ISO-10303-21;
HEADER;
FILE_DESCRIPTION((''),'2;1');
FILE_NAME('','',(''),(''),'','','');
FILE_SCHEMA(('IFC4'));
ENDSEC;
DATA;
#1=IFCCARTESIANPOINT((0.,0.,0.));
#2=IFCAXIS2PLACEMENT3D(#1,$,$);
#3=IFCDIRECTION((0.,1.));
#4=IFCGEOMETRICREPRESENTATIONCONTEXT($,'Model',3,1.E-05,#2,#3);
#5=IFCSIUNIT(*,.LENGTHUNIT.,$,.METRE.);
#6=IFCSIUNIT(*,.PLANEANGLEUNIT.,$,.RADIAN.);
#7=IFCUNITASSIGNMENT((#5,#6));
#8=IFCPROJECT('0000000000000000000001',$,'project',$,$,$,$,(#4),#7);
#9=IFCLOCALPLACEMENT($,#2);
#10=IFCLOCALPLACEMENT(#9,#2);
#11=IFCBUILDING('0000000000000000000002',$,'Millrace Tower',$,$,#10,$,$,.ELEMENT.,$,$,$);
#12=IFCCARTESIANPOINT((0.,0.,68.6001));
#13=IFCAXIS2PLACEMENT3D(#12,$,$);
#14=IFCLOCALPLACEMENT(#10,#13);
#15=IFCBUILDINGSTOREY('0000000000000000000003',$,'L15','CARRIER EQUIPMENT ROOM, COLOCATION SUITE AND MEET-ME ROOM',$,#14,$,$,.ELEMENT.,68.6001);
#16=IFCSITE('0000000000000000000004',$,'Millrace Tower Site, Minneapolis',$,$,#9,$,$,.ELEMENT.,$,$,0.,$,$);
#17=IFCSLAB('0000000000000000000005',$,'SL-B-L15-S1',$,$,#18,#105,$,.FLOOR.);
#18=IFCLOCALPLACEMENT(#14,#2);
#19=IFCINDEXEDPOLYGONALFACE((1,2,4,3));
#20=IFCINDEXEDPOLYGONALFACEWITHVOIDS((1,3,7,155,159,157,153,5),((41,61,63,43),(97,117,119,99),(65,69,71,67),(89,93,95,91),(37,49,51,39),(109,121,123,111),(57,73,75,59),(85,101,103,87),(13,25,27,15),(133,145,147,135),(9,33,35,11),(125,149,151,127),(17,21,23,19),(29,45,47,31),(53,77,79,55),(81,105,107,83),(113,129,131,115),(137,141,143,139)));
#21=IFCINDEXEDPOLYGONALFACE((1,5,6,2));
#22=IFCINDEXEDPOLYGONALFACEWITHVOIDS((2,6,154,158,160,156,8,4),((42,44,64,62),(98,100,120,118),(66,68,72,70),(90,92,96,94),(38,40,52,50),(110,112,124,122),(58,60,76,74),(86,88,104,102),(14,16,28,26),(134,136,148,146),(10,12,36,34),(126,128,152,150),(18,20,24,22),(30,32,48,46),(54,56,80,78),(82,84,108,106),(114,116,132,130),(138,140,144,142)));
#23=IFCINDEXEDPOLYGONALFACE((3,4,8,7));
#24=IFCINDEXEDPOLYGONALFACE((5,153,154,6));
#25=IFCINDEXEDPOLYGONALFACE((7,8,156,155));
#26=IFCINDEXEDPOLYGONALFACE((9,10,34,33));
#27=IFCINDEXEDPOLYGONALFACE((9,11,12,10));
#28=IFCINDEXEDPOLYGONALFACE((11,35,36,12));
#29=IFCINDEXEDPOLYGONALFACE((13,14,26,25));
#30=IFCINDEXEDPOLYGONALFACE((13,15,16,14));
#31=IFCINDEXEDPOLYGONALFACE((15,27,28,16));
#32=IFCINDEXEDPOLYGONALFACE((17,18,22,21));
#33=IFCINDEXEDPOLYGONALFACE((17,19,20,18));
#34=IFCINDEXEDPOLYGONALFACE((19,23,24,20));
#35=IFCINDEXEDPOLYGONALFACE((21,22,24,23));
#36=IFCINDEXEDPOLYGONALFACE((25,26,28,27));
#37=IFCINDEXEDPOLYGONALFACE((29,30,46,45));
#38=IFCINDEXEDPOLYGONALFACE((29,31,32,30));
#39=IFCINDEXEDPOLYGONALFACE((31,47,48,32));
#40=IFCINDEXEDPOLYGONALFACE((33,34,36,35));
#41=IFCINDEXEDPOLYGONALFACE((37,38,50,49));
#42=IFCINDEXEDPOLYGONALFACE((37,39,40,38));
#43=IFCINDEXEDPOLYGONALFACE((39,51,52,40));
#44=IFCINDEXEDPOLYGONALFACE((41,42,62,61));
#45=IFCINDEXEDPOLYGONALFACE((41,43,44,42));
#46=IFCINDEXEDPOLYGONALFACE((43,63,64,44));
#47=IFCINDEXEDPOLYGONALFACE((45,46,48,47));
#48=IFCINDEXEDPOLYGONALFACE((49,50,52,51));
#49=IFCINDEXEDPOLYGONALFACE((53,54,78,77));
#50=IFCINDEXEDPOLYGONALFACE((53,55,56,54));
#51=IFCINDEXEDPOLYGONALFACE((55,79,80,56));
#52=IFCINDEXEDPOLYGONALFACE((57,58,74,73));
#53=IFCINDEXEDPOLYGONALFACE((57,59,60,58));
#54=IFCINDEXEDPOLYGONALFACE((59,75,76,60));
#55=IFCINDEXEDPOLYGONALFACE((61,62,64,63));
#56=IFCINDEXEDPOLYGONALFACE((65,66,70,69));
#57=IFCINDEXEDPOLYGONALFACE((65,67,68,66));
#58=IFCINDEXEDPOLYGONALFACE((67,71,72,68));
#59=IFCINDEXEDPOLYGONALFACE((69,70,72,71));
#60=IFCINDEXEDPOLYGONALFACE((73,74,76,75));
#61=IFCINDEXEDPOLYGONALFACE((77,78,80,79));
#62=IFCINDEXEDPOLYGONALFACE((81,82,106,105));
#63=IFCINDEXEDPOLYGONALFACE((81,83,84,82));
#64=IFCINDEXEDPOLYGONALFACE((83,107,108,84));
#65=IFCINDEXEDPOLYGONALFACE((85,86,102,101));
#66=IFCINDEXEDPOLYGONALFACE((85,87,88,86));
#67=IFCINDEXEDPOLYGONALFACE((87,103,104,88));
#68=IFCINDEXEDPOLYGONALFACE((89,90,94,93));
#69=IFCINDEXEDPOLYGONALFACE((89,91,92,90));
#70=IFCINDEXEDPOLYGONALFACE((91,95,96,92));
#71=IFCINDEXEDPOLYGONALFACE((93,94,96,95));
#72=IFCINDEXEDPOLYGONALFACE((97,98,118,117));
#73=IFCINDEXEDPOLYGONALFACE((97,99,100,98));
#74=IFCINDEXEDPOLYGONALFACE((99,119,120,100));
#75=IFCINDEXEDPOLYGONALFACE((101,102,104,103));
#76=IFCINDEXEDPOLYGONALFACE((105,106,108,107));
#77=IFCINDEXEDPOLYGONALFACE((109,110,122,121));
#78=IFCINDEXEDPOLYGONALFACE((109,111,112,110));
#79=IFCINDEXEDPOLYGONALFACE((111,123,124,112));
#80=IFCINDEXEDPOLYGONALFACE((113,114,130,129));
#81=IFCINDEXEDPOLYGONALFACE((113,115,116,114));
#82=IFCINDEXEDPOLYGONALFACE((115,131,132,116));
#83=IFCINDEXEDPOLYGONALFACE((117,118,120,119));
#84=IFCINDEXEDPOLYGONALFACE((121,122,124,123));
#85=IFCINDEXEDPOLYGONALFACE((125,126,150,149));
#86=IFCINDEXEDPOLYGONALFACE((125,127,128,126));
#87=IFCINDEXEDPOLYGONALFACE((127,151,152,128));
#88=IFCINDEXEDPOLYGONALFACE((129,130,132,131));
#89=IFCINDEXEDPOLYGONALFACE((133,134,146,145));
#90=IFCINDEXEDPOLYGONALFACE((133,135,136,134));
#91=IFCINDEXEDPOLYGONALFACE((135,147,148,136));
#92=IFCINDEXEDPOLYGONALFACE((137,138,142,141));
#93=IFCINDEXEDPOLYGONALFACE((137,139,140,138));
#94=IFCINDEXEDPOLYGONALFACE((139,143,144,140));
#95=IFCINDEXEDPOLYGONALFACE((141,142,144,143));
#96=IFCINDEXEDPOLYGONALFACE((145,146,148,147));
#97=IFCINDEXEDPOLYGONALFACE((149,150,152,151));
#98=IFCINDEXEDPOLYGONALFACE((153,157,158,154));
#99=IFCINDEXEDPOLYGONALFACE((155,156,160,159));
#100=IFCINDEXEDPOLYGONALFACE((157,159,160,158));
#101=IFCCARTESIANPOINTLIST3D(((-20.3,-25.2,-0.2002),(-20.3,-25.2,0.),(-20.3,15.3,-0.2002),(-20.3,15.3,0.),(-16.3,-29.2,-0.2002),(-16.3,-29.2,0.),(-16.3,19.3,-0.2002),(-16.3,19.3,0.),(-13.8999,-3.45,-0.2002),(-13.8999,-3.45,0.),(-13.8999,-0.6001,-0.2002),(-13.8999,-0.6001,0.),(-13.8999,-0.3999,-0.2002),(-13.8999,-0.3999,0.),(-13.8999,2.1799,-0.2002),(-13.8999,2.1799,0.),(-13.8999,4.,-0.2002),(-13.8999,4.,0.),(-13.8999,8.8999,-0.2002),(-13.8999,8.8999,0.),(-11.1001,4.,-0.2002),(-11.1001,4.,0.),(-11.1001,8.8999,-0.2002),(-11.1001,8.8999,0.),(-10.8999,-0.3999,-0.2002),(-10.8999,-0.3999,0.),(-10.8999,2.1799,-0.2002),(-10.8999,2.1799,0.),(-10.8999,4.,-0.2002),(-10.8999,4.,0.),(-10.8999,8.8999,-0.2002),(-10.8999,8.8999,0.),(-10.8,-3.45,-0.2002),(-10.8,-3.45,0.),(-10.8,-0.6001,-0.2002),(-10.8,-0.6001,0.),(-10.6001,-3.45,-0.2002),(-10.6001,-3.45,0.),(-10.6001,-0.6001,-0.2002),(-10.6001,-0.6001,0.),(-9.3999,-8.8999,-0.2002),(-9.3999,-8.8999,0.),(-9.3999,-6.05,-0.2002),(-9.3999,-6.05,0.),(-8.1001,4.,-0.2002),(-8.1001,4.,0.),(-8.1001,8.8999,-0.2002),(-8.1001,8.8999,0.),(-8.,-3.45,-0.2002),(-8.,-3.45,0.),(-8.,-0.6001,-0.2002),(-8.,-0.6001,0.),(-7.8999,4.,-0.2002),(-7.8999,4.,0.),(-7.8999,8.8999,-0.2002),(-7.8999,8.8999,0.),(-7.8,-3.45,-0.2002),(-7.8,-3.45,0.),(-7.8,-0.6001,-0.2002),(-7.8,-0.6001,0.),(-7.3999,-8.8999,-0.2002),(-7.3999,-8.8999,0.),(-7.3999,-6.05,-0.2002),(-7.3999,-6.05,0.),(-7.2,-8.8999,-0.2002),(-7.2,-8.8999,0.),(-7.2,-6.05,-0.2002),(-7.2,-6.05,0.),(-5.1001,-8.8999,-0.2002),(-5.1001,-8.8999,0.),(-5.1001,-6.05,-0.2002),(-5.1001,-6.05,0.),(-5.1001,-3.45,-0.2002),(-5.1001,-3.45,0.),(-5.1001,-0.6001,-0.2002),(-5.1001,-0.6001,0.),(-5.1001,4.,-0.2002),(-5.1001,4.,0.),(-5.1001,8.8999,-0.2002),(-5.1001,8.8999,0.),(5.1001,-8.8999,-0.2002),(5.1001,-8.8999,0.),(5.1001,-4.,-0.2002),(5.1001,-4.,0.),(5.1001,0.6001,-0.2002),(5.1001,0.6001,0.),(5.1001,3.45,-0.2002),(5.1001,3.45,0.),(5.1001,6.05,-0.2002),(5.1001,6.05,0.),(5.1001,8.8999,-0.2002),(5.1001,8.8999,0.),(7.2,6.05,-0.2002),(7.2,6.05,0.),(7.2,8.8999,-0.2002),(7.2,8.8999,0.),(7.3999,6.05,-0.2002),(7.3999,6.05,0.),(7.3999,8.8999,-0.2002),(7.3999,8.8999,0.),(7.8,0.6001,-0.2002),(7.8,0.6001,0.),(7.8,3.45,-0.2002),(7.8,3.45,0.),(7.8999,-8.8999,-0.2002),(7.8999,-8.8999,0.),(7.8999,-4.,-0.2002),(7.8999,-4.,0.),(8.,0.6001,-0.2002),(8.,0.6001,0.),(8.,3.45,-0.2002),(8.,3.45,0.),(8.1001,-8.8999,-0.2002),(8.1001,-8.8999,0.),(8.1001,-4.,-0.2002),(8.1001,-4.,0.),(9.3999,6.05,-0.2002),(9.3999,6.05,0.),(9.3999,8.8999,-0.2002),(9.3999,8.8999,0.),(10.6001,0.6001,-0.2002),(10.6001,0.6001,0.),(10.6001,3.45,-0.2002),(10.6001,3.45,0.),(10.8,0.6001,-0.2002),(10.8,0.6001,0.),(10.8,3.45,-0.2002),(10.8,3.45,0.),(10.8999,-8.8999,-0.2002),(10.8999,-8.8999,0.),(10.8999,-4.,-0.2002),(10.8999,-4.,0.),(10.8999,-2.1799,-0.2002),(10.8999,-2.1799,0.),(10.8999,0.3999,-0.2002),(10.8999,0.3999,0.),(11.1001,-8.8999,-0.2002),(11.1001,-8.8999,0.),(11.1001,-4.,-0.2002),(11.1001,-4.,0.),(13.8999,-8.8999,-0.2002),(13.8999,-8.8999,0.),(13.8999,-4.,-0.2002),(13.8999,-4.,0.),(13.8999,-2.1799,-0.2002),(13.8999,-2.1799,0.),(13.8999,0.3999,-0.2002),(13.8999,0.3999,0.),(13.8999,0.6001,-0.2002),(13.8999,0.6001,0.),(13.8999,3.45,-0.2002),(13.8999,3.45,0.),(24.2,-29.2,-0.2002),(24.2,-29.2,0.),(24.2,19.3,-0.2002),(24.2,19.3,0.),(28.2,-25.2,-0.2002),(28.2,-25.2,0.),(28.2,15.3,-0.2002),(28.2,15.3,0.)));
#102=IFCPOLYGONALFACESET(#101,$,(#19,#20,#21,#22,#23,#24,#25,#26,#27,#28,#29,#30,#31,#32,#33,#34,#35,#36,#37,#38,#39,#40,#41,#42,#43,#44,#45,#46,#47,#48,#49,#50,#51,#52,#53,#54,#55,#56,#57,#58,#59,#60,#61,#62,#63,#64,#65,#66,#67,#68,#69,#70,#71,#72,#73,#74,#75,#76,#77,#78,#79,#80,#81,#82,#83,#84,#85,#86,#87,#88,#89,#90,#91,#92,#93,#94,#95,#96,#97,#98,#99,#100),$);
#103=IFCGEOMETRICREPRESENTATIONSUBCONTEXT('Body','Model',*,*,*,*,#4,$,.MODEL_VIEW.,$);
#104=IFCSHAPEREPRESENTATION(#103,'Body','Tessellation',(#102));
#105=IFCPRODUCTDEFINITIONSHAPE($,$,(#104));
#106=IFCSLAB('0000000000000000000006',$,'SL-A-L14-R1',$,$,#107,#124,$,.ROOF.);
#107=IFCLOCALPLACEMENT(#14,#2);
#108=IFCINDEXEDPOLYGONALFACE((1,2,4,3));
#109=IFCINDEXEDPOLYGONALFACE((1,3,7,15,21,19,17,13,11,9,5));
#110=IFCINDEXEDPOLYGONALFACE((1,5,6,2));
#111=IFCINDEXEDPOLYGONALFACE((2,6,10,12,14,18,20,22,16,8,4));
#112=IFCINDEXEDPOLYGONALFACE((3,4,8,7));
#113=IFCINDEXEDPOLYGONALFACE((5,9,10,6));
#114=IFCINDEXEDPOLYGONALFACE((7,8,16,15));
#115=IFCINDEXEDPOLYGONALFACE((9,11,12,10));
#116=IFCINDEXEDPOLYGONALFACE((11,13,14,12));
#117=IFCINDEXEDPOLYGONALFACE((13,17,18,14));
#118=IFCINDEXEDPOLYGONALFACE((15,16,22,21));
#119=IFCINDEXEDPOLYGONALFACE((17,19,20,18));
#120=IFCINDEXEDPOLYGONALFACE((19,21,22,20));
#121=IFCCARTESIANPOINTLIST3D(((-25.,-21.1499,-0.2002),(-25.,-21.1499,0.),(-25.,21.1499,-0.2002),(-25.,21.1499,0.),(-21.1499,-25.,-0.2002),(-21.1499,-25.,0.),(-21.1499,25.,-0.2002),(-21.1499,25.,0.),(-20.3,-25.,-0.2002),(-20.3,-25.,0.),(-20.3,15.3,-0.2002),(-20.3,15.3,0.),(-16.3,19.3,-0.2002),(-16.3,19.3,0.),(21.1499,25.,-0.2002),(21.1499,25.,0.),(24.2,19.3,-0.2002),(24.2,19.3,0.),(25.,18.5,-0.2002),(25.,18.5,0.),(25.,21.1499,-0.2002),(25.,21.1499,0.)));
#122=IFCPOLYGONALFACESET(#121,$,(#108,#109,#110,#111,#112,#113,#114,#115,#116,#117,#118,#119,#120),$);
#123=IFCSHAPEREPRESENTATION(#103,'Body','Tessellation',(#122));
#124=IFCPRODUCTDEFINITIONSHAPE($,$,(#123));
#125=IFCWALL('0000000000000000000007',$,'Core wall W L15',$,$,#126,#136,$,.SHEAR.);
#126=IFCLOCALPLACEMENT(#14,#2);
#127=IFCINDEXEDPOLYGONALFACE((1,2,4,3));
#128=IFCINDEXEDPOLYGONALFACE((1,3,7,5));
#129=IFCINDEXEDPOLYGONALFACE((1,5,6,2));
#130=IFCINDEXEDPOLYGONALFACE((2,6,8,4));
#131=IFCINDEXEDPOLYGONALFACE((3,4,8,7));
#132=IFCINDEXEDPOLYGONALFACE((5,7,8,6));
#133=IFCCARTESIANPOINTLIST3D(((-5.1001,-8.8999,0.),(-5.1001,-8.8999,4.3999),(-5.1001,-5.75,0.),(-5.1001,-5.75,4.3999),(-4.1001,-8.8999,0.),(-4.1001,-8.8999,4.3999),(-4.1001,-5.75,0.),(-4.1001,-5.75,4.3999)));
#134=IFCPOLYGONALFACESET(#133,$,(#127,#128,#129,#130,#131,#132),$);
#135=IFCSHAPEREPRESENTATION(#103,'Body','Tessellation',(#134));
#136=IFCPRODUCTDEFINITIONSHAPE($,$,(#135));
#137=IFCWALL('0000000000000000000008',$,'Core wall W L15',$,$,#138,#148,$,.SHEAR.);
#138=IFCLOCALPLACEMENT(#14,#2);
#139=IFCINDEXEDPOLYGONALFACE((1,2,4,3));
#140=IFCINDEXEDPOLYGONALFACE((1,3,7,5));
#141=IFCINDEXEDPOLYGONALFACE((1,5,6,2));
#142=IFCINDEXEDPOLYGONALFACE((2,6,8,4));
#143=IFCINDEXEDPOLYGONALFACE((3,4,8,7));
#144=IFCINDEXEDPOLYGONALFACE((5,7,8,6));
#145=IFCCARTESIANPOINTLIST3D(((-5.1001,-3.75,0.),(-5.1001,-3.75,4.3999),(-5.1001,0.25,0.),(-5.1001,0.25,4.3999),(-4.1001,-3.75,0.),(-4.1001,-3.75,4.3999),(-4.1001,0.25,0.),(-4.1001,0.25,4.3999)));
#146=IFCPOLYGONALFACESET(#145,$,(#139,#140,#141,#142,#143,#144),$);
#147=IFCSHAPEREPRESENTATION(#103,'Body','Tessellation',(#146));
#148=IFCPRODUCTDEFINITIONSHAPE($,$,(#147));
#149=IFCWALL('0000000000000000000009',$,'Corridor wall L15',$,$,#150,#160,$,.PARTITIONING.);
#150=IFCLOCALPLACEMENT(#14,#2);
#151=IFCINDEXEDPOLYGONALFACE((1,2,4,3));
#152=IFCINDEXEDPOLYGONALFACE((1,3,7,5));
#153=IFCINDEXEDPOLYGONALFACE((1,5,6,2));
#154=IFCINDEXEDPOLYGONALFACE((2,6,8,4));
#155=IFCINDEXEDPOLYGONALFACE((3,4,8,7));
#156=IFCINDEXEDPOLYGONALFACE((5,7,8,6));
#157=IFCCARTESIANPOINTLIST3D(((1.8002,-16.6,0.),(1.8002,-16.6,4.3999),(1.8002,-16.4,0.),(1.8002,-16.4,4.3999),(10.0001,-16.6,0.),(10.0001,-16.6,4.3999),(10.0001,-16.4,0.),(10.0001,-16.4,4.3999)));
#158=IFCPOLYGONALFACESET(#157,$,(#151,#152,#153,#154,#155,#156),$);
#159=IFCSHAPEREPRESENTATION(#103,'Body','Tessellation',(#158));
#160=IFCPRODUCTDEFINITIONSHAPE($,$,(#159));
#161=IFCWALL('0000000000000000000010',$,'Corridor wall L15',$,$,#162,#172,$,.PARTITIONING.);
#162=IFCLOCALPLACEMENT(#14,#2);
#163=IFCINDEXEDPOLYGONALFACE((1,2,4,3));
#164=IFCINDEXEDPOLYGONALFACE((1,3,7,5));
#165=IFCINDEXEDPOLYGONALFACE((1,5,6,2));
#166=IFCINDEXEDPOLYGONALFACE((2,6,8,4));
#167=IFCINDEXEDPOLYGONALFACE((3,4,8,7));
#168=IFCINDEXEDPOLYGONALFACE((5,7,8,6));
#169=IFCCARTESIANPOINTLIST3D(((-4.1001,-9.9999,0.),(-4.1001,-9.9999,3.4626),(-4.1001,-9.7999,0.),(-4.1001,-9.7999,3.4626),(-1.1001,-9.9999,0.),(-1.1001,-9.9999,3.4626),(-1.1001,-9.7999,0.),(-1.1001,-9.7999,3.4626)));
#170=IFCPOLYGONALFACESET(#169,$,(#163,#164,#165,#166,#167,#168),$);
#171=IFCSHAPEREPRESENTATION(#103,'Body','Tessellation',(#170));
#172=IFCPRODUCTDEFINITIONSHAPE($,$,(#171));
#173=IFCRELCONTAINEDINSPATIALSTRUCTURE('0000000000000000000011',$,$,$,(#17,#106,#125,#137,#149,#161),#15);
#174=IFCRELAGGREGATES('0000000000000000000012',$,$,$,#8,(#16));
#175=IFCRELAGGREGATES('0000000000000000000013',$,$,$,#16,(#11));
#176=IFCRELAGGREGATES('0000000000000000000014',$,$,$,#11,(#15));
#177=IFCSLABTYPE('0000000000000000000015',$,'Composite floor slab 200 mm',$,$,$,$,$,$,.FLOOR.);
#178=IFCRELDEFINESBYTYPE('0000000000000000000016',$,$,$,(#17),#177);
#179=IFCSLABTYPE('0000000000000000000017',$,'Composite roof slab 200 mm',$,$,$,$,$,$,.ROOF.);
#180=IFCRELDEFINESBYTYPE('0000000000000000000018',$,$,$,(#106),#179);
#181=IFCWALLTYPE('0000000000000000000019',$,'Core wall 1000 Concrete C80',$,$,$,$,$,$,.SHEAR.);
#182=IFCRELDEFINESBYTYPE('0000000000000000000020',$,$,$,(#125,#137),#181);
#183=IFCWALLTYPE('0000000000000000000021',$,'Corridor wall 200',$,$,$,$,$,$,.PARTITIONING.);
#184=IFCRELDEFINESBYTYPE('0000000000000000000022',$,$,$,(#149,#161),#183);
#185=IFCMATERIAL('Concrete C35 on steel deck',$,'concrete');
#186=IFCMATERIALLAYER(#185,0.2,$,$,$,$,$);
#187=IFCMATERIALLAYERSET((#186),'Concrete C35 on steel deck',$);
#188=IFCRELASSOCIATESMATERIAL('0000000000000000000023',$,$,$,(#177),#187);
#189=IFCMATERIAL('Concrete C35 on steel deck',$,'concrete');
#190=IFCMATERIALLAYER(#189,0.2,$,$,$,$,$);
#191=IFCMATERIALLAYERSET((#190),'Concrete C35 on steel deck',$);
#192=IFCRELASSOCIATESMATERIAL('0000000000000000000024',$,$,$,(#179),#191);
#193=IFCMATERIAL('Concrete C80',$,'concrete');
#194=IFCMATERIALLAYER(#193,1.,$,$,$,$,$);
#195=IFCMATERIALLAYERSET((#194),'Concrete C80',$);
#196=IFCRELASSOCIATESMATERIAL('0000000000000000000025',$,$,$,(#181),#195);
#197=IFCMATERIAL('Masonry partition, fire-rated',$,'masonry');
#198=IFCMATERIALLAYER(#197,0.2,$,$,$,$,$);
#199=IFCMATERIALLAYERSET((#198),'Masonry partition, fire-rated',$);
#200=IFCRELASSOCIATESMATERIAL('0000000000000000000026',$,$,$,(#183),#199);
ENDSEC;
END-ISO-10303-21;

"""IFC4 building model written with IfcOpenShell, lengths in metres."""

from ifc_helpers import new_model, si_unit, direction, frame, frame_2d, origin, place, context, subcontext, project, spatial, polyline, rectangle, outline, extrude, material, layer, layer_set, type_object, element, save


model = new_model("IFC4")

# Units and contexts
model_context = context("Model", 3, precision=1e-05, world=origin(), true_north=direction((0.0, 1.0)))
body_context = subcontext(model_context, "Body", "Model", "MODEL_VIEW")
ifc_project = project(units=[si_unit("LENGTHUNIT", "METRE"), si_unit("PLANEANGLEUNIT", "RADIAN")], contexts=[model_context])

# Site, building, storey
site_placement = place(None, origin())
site = spatial("IfcSite", under=ifc_project, at=site_placement, Name="Millrace Tower Site, Minneapolis", CompositionType="ELEMENT", RefElevation=0.0)
building_placement = place(site_placement, origin())
building = spatial("IfcBuilding", under=site, at=building_placement, Name="Millrace Tower", CompositionType="ELEMENT")
storey_placement = place(building_placement, frame((0.0, 0.0, 68.6001)))
storey = spatial("IfcBuildingStorey", under=building, at=storey_placement, Name="L15", Description="CARRIER EQUIPMENT ROOM, COLOCATION SUITE AND MEET-ME ROOM", CompositionType="ELEMENT", Elevation=68.6001)

# Slabs
ifc_material_1 = material(Name="Concrete C35 on steel deck", Category="concrete")
ifc_layer_1 = layer(ifc_material_1, 0.2)
ifc_layer_set_1 = layer_set([ifc_layer_1], Name="Concrete C35 on steel deck")
slab_type_1 = type_object("IfcSlabType", Name="Composite floor slab 200 mm", PredefinedType="FLOOR", material=ifc_layer_set_1)
placement = place(storey_placement, frame((0.0, 0.0, -0.2002)))
element("IfcSlab", 1, at=placement, inside=storey, type_object=slab_type_1, Name="SL-B-L15-S1", PredefinedType="FLOOR", context=body_context, shape_type="SweptSolid", body=[
    extrude(outline(polyline([(-20.3, -25.2), (-16.3, -29.2), (24.2, -29.2), (28.2, -25.2), (28.2, 15.3), (24.2, 19.3), (-16.3, 19.3), (-20.3, 15.3), (-20.3, -25.2)]), holes=[polyline([(-9.3999, -8.8999), (-7.3999, -8.8999), (-7.3999, -6.05), (-9.3999, -6.05), (-9.3999, -8.8999)]), polyline([(-7.2, -8.8999), (-5.1001, -8.8999), (-5.1001, -6.05), (-7.2, -6.05), (-7.2, -8.8999)]), polyline([(-13.8999, -3.45), (-10.8, -3.45), (-10.8, -0.6001), (-13.8999, -0.6001), (-13.8999, -3.45)]), polyline([(-10.6001, -3.45), (-8.0, -3.45), (-8.0, -0.6001), (-10.6001, -0.6001), (-10.6001, -3.45)]), polyline([(-7.8, -3.45), (-5.1001, -3.45), (-5.1001, -0.6001), (-7.8, -0.6001), (-7.8, -3.45)]), polyline([(-13.8999, -0.3999), (-10.8999, -0.3999), (-10.8999, 2.1799), (-13.8999, 2.1799), (-13.8999, -0.3999)]), polyline([(-13.8999, 4.0), (-11.1001, 4.0), (-11.1001, 8.8999), (-13.8999, 8.8999), (-13.8999, 4.0)]), polyline([(-10.8999, 4.0), (-8.1001, 4.0), (-8.1001, 8.8999), (-10.8999, 8.8999), (-10.8999, 4.0)]), polyline([(-7.8999, 4.0), (-5.1001, 4.0), (-5.1001, 8.8999), (-7.8999, 8.8999), (-7.8999, 4.0)]), polyline([(7.3999, 6.05), (9.3999, 6.05), (9.3999, 8.8999), (7.3999, 8.8999), (7.3999, 6.05)]), polyline([(5.1001, 6.05), (7.2, 6.05), (7.2, 8.8999), (5.1001, 8.8999), (5.1001, 6.05)]), polyline([(10.8, 0.6001), (13.8999, 0.6001), (13.8999, 3.45), (10.8, 3.45), (10.8, 0.6001)]), polyline([(8.0, 0.6001), (10.6001, 0.6001), (10.6001, 3.45), (8.0, 3.45), (8.0, 0.6001)]), polyline([(5.1001, 0.6001), (7.8, 0.6001), (7.8, 3.45), (5.1001, 3.45), (5.1001, 0.6001)]), polyline([(10.8999, -2.1799), (13.8999, -2.1799), (13.8999, 0.3999), (10.8999, 0.3999), (10.8999, -2.1799)]), polyline([(11.1001, -8.8999), (13.8999, -8.8999), (13.8999, -4.0), (11.1001, -4.0), (11.1001, -8.8999)]), polyline([(8.1001, -8.8999), (10.8999, -8.8999), (10.8999, -4.0), (8.1001, -4.0), (8.1001, -8.8999)]), polyline([(5.1001, -8.8999), (7.8999, -8.8999), (7.8999, -4.0), (5.1001, -4.0), (5.1001, -8.8999)])]), origin(), (0.0, 0.0, 1.0), 0.2002),
])
ifc_material_2 = material(Name="Concrete C35 on steel deck", Category="concrete")
ifc_layer_2 = layer(ifc_material_2, 0.2)
ifc_layer_set_2 = layer_set([ifc_layer_2], Name="Concrete C35 on steel deck")
slab_type_2 = type_object("IfcSlabType", Name="Composite roof slab 200 mm", PredefinedType="ROOF", material=ifc_layer_set_2)
element("IfcSlab", 2, at=placement, inside=storey, type_object=slab_type_2, Name="SL-A-L14-R1", PredefinedType="ROOF", context=body_context, shape_type="SweptSolid", body=[
    extrude(outline(polyline([(-21.1499, -25.0), (-25.0, -21.1499), (-25.0, 21.1499), (-21.1499, 25.0), (21.1499, 25.0), (25.0, 21.1499), (25.0, 18.5), (24.2, 19.3), (-16.3, 19.3), (-20.3, 15.3), (-20.3, -25.0), (-21.1499, -25.0)])), origin(), (0.0, 0.0, 1.0), 0.2002),
])

# Walls
ifc_material_3 = material(Name="Concrete C80", Category="concrete")
ifc_layer_3 = layer(ifc_material_3, 1.0)
ifc_layer_set_3 = layer_set([ifc_layer_3], Name="Concrete C80")
wall_type_1 = type_object("IfcWallType", Name="Core wall 1000 Concrete C80", PredefinedType="SHEAR", material=ifc_layer_set_3)
wall_1_placement = place(storey_placement, frame((-4.6001, -8.8999, 0.0), z_axis=(0.0, 0.0, 1.0), x_axis=(0.0, 1.0, 0.0)))
element("IfcWall", 3, at=wall_1_placement, inside=storey, type_object=wall_type_1, Name="Core wall W L15", PredefinedType="SHEAR", context=body_context, shape_type="SweptSolid", body=[
    extrude(rectangle(XDim=3.1499, YDim=1.0, at=frame_2d((1.575, 0.0))), origin(), (0.0, 0.0, 1.0), 4.3999),
])
wall_2_placement = place(storey_placement, frame((-4.6001, -3.75, 0.0), z_axis=(0.0, 0.0, 1.0), x_axis=(0.0, 1.0, 0.0)))
element("IfcWall", 4, at=wall_2_placement, inside=storey, type_object=wall_type_1, Name="Core wall W L15", PredefinedType="SHEAR", context=body_context, shape_type="SweptSolid", body=[
    extrude(rectangle(XDim=4.0, YDim=1.0, at=frame_2d((2.0, 0.0))), origin(), (0.0, 0.0, 1.0), 4.3999),
])
ifc_material_4 = material(Name="Masonry partition, fire-rated", Category="masonry")
ifc_layer_4 = layer(ifc_material_4, 0.2)
ifc_layer_set_4 = layer_set([ifc_layer_4], Name="Masonry partition, fire-rated")
wall_type_2 = type_object("IfcWallType", Name="Corridor wall 200", PredefinedType="PARTITIONING", material=ifc_layer_set_4)
wall_3_placement = place(storey_placement, frame((1.8, -16.5, 0.0), z_axis=(0.0, 0.0, 1.0), x_axis=(1.0, 0.0, 0.0)))
element("IfcWall", 5, at=wall_3_placement, inside=storey, type_object=wall_type_2, Name="Corridor wall L15", PredefinedType="PARTITIONING", context=body_context, shape_type="SweptSolid", body=[
    extrude(rectangle(XDim=8.2, YDim=0.2, at=frame_2d((4.1001, 0.0))), origin(), (0.0, 0.0, 1.0), 4.3999),
])
for number, where, z_axis, x_axis, name in (
    (6, (-4.1001, -9.8999, 0.0), (0.0, 0.0, 1.0), (1.0, 0.0, 0.0), "Corridor wall L15"),
):
    element("IfcWall", number, at=place(storey_placement, frame(where, z_axis=z_axis, x_axis=x_axis)), inside=storey, type_object=wall_type_2, Name=name, PredefinedType="PARTITIONING", context=body_context, shape_type="SweptSolid", body=[
        extrude(rectangle(XDim=3.0, YDim=0.2, at=frame_2d((1.5, 0.0))), origin(), (0.0, 0.0, 1.0), 3.4626),
    ])

save(model, "model.ifc")
